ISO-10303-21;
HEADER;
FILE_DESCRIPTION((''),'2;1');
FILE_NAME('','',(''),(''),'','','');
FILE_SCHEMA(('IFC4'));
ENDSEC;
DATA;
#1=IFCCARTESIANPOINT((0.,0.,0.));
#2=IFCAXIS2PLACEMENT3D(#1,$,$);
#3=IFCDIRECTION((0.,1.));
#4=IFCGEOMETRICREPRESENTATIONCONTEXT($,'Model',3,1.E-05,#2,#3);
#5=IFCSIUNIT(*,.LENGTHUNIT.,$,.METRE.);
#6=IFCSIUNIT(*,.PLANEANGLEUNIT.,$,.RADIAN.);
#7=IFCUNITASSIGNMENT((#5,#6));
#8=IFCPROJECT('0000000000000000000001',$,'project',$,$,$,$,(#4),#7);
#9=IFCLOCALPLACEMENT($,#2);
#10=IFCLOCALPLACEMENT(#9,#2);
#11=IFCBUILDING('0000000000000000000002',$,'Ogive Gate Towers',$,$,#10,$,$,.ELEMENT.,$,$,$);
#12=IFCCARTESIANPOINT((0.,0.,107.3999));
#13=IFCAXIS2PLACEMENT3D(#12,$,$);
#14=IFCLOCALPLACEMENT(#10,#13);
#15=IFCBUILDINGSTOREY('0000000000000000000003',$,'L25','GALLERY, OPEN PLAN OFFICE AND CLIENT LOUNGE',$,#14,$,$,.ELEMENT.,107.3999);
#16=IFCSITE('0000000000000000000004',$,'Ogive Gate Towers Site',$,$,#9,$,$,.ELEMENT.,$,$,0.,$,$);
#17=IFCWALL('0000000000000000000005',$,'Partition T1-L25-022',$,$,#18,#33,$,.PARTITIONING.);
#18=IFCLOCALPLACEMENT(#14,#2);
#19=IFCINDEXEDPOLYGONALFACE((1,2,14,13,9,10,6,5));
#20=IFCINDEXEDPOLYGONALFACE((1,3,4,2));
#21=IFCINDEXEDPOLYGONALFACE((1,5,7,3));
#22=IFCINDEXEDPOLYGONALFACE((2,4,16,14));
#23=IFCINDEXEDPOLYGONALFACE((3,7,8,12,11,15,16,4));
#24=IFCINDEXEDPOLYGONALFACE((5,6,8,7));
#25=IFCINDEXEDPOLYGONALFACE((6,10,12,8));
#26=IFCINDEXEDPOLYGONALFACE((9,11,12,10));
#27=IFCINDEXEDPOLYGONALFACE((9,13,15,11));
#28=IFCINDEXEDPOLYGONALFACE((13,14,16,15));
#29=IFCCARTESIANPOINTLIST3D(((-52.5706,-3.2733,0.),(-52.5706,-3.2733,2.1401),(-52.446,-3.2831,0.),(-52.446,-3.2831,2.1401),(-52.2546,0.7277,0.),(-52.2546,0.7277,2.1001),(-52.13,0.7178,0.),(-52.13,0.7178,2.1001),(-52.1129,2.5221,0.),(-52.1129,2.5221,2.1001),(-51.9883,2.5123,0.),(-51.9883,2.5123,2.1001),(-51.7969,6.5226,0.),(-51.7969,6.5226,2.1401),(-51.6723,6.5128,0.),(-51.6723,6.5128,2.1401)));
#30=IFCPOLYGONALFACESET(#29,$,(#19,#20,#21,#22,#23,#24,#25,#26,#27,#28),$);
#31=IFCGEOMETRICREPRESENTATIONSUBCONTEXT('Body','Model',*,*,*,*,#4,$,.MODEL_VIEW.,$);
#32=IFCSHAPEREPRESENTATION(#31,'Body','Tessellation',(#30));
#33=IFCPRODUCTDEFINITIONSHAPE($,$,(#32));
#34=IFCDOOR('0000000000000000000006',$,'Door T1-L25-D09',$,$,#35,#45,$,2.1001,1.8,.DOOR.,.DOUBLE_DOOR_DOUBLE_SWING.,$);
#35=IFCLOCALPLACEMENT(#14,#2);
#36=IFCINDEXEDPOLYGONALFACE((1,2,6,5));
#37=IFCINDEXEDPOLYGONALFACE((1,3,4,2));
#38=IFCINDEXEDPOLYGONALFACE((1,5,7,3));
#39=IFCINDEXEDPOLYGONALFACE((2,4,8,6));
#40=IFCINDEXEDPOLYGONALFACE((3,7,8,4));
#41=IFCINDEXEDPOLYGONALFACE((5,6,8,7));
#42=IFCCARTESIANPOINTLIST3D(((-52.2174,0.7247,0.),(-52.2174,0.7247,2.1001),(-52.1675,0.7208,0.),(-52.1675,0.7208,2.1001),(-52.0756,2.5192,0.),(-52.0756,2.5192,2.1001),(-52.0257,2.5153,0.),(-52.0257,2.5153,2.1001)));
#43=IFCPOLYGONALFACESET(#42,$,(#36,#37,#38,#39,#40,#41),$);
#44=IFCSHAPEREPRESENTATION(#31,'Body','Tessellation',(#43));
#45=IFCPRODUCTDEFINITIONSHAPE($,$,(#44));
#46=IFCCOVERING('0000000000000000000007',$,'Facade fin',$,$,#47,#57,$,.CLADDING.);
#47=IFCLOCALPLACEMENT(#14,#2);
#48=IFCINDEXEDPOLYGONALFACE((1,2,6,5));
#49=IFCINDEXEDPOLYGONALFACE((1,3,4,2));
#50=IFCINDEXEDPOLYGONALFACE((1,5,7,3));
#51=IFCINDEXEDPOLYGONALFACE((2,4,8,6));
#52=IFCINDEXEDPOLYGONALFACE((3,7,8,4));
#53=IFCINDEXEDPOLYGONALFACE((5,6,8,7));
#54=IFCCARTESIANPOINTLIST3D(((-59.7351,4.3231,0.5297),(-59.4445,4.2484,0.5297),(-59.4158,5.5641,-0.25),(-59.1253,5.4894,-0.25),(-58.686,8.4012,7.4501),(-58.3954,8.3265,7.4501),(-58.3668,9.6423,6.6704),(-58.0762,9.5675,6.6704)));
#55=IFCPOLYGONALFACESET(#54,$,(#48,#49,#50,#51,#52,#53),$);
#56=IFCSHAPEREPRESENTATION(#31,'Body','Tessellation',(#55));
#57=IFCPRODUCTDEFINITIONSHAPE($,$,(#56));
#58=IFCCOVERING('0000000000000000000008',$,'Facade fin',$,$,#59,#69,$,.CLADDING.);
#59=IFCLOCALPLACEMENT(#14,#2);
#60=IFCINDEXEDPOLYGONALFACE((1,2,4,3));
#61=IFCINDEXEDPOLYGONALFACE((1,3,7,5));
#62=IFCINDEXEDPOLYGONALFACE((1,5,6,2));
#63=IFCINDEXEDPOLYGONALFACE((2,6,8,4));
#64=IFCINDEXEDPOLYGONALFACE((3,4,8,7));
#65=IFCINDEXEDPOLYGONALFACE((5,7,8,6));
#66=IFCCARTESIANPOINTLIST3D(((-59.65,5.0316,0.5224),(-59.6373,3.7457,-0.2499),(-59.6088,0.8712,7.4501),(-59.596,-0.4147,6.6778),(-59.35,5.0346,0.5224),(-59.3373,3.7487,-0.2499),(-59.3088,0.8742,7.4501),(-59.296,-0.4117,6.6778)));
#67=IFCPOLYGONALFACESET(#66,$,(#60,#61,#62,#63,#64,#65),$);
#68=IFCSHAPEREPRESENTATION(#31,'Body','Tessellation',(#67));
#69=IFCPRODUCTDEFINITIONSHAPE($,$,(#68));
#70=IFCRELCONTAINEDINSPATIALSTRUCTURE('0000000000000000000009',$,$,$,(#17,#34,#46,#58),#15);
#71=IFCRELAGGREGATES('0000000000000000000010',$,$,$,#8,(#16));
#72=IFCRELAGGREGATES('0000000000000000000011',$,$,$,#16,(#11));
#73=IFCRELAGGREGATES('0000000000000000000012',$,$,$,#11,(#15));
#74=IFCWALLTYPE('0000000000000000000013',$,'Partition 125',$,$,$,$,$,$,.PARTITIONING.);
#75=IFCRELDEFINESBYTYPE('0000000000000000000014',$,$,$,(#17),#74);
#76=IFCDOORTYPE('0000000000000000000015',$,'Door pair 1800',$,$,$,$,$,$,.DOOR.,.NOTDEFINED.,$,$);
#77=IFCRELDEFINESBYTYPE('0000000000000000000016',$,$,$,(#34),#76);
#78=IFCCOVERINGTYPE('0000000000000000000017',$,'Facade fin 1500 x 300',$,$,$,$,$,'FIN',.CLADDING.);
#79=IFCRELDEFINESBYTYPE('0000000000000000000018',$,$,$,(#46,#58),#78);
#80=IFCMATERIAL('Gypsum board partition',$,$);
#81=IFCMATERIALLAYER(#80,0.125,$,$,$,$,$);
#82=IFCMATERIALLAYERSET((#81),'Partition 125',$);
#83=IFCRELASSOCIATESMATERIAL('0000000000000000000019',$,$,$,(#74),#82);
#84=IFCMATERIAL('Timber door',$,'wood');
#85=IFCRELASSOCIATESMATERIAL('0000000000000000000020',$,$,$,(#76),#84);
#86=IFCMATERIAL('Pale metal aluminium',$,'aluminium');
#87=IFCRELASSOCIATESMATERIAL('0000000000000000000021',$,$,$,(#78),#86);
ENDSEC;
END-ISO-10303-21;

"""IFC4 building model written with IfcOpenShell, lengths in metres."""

from ifc_helpers import new_model, si_unit, direction, frame, frame_2d, origin, origin_2d, place, context, subcontext, project, spatial, rectangle, extrude, material, layer, layer_set, material_profile, profile_set, type_object, element, fill, save


model = new_model("IFC4")

# Units and contexts
model_context = context("Model", 3, precision=1e-05, world=origin(), true_north=direction((0.0, 1.0)))
body_context = subcontext(model_context, "Body", "Model", "MODEL_VIEW")
ifc_project = project(units=[si_unit("LENGTHUNIT", "METRE"), si_unit("PLANEANGLEUNIT", "RADIAN")], contexts=[model_context])

# Site, building, storey
site_placement = place(None, origin())
site = spatial("IfcSite", under=ifc_project, at=site_placement, Name="Ogive Gate Towers Site", CompositionType="ELEMENT", RefElevation=0.0)
building_placement = place(site_placement, origin())
building = spatial("IfcBuilding", under=site, at=building_placement, Name="Ogive Gate Towers", CompositionType="ELEMENT")
storey_placement = place(building_placement, frame((0.0, 0.0, 107.3999)))
storey = spatial("IfcBuildingStorey", under=building, at=storey_placement, Name="L25", Description="GALLERY, OPEN PLAN OFFICE AND CLIENT LOUNGE", CompositionType="ELEMENT", Elevation=107.3999)

# Shared definitions
ifc_material_1 = material(Name="Pale metal aluminium", Category="aluminium")

# Shared definitions
ifc_material_2 = material(Name="Gypsum board partition")
ifc_layer_1 = layer(ifc_material_2, 0.125)
ifc_layer_set_1 = layer_set([ifc_layer_1], Name="Partition 125")
wall_type = type_object("IfcWallType", Name="Partition 125", PredefinedType="PARTITIONING", material=ifc_layer_set_1)

# Wall, opening, door
wall_1_placement = place(storey_placement, frame((-51.7346, 6.5176, 0.0), z_axis=(0.0, 0.0, 1.0), x_axis=(-0.078735, -0.996896, 0.0)))
wall_1 = element("IfcWall", 1, at=wall_1_placement, inside=storey, type_object=wall_type, Name="Partition T1-L25-022", PredefinedType="PARTITIONING", context=body_context, shape_type="SweptSolid", body=[
    extrude(rectangle(XDim=9.8264, YDim=0.125, at=frame_2d((4.9131, 0.0))), origin(), (0.0, 0.0, 1.0), 2.1401),
])
opening_placement = place(wall_1_placement, frame((4.0129, 0.0, 0.0)))
opening = element("IfcOpeningElement", 2, at=opening_placement, cuts=wall_1, PredefinedType="OPENING", context=body_context, shape_type="SweptSolid", body=[
    extrude(rectangle(XDim=1.8, YDim=2.1001, at=frame_2d((0.8999, 1.05))), frame((0.0, 0.0725, 0.0), z_axis=(0.0, -1.0, 0.0), x_axis=(1.0, 0.0, 0.0)), (0.0, 0.0, 1.0), 0.145),
])
ifc_material_3 = material(Name="Timber door", Category="wood")
door_type = type_object("IfcDoorType", Name="Door pair 1800", OperationType="NOTDEFINED", PredefinedType="DOOR", material=ifc_material_3)
door_placement = place(opening_placement, origin())
door = element("IfcDoor", 3, at=door_placement, inside=storey, type_object=door_type, Name="Door T1-L25-D09", OperationType="DOUBLE_DOOR_DOUBLE_SWING", OverallHeight=2.1001, OverallWidth=1.8, PredefinedType="DOOR", context=body_context, shape_type="SweptSolid", body=[
    extrude(rectangle(XDim=1.8, YDim=2.1001, at=frame_2d((0.8999, 1.05))), frame((0.0, 0.0249, 0.0), z_axis=(0.0, -1.0, 0.0), x_axis=(1.0, 0.0, 0.0)), (0.0, 0.0, 1.0), 0.05),
])
fill(opening, door)

# Coverings
ifc_material_profile_1 = material_profile(ifc_material_1, rectangle(XDim=0.3, YDim=1.5, at=origin_2d()), Name="1500 x 300 pale metal aluminium")
ifc_profile_set_1 = profile_set([ifc_material_profile_1], Name="Pale metal aluminium")
covering_type = type_object("IfcCoveringType", Name="Facade fin 1500 x 300", ElementType="FIN", PredefinedType="CLADDING", material=ifc_profile_set_1)
covering_1_placement = place(storey_placement, frame((-59.4302, 4.9062, 0.1399), z_axis=(0.129502, 0.50342, 0.854282), x_axis=(-0.968469, 0.249133, 0.0)))
element("IfcCovering", 4, at=covering_1_placement, inside=storey, type_object=covering_type, Name="Facade fin", PredefinedType="CLADDING", context=body_context, shape_type="SweptSolid", body=[
    extrude(rectangle(XDim=0.3, YDim=1.5, at=origin_2d()), origin(), (0.0, 0.0, 1.0), 8.1008),
])
covering_2_placement = place(storey_placement, frame((-59.4937, 4.3901, 0.1362), z_axis=(0.005106, -0.514831, 0.857276), x_axis=(0.999951, 0.009917, 0.0)))
element("IfcCovering", 5, at=covering_2_placement, inside=storey, type_object=covering_type, Name="Facade fin", PredefinedType="CLADDING", context=body_context, shape_type="SweptSolid", body=[
    extrude(rectangle(XDim=0.3, YDim=1.5, at=origin_2d()), origin(), (0.0, 0.0, 1.0), 8.0811),
])

save(model, "model.ifc")
